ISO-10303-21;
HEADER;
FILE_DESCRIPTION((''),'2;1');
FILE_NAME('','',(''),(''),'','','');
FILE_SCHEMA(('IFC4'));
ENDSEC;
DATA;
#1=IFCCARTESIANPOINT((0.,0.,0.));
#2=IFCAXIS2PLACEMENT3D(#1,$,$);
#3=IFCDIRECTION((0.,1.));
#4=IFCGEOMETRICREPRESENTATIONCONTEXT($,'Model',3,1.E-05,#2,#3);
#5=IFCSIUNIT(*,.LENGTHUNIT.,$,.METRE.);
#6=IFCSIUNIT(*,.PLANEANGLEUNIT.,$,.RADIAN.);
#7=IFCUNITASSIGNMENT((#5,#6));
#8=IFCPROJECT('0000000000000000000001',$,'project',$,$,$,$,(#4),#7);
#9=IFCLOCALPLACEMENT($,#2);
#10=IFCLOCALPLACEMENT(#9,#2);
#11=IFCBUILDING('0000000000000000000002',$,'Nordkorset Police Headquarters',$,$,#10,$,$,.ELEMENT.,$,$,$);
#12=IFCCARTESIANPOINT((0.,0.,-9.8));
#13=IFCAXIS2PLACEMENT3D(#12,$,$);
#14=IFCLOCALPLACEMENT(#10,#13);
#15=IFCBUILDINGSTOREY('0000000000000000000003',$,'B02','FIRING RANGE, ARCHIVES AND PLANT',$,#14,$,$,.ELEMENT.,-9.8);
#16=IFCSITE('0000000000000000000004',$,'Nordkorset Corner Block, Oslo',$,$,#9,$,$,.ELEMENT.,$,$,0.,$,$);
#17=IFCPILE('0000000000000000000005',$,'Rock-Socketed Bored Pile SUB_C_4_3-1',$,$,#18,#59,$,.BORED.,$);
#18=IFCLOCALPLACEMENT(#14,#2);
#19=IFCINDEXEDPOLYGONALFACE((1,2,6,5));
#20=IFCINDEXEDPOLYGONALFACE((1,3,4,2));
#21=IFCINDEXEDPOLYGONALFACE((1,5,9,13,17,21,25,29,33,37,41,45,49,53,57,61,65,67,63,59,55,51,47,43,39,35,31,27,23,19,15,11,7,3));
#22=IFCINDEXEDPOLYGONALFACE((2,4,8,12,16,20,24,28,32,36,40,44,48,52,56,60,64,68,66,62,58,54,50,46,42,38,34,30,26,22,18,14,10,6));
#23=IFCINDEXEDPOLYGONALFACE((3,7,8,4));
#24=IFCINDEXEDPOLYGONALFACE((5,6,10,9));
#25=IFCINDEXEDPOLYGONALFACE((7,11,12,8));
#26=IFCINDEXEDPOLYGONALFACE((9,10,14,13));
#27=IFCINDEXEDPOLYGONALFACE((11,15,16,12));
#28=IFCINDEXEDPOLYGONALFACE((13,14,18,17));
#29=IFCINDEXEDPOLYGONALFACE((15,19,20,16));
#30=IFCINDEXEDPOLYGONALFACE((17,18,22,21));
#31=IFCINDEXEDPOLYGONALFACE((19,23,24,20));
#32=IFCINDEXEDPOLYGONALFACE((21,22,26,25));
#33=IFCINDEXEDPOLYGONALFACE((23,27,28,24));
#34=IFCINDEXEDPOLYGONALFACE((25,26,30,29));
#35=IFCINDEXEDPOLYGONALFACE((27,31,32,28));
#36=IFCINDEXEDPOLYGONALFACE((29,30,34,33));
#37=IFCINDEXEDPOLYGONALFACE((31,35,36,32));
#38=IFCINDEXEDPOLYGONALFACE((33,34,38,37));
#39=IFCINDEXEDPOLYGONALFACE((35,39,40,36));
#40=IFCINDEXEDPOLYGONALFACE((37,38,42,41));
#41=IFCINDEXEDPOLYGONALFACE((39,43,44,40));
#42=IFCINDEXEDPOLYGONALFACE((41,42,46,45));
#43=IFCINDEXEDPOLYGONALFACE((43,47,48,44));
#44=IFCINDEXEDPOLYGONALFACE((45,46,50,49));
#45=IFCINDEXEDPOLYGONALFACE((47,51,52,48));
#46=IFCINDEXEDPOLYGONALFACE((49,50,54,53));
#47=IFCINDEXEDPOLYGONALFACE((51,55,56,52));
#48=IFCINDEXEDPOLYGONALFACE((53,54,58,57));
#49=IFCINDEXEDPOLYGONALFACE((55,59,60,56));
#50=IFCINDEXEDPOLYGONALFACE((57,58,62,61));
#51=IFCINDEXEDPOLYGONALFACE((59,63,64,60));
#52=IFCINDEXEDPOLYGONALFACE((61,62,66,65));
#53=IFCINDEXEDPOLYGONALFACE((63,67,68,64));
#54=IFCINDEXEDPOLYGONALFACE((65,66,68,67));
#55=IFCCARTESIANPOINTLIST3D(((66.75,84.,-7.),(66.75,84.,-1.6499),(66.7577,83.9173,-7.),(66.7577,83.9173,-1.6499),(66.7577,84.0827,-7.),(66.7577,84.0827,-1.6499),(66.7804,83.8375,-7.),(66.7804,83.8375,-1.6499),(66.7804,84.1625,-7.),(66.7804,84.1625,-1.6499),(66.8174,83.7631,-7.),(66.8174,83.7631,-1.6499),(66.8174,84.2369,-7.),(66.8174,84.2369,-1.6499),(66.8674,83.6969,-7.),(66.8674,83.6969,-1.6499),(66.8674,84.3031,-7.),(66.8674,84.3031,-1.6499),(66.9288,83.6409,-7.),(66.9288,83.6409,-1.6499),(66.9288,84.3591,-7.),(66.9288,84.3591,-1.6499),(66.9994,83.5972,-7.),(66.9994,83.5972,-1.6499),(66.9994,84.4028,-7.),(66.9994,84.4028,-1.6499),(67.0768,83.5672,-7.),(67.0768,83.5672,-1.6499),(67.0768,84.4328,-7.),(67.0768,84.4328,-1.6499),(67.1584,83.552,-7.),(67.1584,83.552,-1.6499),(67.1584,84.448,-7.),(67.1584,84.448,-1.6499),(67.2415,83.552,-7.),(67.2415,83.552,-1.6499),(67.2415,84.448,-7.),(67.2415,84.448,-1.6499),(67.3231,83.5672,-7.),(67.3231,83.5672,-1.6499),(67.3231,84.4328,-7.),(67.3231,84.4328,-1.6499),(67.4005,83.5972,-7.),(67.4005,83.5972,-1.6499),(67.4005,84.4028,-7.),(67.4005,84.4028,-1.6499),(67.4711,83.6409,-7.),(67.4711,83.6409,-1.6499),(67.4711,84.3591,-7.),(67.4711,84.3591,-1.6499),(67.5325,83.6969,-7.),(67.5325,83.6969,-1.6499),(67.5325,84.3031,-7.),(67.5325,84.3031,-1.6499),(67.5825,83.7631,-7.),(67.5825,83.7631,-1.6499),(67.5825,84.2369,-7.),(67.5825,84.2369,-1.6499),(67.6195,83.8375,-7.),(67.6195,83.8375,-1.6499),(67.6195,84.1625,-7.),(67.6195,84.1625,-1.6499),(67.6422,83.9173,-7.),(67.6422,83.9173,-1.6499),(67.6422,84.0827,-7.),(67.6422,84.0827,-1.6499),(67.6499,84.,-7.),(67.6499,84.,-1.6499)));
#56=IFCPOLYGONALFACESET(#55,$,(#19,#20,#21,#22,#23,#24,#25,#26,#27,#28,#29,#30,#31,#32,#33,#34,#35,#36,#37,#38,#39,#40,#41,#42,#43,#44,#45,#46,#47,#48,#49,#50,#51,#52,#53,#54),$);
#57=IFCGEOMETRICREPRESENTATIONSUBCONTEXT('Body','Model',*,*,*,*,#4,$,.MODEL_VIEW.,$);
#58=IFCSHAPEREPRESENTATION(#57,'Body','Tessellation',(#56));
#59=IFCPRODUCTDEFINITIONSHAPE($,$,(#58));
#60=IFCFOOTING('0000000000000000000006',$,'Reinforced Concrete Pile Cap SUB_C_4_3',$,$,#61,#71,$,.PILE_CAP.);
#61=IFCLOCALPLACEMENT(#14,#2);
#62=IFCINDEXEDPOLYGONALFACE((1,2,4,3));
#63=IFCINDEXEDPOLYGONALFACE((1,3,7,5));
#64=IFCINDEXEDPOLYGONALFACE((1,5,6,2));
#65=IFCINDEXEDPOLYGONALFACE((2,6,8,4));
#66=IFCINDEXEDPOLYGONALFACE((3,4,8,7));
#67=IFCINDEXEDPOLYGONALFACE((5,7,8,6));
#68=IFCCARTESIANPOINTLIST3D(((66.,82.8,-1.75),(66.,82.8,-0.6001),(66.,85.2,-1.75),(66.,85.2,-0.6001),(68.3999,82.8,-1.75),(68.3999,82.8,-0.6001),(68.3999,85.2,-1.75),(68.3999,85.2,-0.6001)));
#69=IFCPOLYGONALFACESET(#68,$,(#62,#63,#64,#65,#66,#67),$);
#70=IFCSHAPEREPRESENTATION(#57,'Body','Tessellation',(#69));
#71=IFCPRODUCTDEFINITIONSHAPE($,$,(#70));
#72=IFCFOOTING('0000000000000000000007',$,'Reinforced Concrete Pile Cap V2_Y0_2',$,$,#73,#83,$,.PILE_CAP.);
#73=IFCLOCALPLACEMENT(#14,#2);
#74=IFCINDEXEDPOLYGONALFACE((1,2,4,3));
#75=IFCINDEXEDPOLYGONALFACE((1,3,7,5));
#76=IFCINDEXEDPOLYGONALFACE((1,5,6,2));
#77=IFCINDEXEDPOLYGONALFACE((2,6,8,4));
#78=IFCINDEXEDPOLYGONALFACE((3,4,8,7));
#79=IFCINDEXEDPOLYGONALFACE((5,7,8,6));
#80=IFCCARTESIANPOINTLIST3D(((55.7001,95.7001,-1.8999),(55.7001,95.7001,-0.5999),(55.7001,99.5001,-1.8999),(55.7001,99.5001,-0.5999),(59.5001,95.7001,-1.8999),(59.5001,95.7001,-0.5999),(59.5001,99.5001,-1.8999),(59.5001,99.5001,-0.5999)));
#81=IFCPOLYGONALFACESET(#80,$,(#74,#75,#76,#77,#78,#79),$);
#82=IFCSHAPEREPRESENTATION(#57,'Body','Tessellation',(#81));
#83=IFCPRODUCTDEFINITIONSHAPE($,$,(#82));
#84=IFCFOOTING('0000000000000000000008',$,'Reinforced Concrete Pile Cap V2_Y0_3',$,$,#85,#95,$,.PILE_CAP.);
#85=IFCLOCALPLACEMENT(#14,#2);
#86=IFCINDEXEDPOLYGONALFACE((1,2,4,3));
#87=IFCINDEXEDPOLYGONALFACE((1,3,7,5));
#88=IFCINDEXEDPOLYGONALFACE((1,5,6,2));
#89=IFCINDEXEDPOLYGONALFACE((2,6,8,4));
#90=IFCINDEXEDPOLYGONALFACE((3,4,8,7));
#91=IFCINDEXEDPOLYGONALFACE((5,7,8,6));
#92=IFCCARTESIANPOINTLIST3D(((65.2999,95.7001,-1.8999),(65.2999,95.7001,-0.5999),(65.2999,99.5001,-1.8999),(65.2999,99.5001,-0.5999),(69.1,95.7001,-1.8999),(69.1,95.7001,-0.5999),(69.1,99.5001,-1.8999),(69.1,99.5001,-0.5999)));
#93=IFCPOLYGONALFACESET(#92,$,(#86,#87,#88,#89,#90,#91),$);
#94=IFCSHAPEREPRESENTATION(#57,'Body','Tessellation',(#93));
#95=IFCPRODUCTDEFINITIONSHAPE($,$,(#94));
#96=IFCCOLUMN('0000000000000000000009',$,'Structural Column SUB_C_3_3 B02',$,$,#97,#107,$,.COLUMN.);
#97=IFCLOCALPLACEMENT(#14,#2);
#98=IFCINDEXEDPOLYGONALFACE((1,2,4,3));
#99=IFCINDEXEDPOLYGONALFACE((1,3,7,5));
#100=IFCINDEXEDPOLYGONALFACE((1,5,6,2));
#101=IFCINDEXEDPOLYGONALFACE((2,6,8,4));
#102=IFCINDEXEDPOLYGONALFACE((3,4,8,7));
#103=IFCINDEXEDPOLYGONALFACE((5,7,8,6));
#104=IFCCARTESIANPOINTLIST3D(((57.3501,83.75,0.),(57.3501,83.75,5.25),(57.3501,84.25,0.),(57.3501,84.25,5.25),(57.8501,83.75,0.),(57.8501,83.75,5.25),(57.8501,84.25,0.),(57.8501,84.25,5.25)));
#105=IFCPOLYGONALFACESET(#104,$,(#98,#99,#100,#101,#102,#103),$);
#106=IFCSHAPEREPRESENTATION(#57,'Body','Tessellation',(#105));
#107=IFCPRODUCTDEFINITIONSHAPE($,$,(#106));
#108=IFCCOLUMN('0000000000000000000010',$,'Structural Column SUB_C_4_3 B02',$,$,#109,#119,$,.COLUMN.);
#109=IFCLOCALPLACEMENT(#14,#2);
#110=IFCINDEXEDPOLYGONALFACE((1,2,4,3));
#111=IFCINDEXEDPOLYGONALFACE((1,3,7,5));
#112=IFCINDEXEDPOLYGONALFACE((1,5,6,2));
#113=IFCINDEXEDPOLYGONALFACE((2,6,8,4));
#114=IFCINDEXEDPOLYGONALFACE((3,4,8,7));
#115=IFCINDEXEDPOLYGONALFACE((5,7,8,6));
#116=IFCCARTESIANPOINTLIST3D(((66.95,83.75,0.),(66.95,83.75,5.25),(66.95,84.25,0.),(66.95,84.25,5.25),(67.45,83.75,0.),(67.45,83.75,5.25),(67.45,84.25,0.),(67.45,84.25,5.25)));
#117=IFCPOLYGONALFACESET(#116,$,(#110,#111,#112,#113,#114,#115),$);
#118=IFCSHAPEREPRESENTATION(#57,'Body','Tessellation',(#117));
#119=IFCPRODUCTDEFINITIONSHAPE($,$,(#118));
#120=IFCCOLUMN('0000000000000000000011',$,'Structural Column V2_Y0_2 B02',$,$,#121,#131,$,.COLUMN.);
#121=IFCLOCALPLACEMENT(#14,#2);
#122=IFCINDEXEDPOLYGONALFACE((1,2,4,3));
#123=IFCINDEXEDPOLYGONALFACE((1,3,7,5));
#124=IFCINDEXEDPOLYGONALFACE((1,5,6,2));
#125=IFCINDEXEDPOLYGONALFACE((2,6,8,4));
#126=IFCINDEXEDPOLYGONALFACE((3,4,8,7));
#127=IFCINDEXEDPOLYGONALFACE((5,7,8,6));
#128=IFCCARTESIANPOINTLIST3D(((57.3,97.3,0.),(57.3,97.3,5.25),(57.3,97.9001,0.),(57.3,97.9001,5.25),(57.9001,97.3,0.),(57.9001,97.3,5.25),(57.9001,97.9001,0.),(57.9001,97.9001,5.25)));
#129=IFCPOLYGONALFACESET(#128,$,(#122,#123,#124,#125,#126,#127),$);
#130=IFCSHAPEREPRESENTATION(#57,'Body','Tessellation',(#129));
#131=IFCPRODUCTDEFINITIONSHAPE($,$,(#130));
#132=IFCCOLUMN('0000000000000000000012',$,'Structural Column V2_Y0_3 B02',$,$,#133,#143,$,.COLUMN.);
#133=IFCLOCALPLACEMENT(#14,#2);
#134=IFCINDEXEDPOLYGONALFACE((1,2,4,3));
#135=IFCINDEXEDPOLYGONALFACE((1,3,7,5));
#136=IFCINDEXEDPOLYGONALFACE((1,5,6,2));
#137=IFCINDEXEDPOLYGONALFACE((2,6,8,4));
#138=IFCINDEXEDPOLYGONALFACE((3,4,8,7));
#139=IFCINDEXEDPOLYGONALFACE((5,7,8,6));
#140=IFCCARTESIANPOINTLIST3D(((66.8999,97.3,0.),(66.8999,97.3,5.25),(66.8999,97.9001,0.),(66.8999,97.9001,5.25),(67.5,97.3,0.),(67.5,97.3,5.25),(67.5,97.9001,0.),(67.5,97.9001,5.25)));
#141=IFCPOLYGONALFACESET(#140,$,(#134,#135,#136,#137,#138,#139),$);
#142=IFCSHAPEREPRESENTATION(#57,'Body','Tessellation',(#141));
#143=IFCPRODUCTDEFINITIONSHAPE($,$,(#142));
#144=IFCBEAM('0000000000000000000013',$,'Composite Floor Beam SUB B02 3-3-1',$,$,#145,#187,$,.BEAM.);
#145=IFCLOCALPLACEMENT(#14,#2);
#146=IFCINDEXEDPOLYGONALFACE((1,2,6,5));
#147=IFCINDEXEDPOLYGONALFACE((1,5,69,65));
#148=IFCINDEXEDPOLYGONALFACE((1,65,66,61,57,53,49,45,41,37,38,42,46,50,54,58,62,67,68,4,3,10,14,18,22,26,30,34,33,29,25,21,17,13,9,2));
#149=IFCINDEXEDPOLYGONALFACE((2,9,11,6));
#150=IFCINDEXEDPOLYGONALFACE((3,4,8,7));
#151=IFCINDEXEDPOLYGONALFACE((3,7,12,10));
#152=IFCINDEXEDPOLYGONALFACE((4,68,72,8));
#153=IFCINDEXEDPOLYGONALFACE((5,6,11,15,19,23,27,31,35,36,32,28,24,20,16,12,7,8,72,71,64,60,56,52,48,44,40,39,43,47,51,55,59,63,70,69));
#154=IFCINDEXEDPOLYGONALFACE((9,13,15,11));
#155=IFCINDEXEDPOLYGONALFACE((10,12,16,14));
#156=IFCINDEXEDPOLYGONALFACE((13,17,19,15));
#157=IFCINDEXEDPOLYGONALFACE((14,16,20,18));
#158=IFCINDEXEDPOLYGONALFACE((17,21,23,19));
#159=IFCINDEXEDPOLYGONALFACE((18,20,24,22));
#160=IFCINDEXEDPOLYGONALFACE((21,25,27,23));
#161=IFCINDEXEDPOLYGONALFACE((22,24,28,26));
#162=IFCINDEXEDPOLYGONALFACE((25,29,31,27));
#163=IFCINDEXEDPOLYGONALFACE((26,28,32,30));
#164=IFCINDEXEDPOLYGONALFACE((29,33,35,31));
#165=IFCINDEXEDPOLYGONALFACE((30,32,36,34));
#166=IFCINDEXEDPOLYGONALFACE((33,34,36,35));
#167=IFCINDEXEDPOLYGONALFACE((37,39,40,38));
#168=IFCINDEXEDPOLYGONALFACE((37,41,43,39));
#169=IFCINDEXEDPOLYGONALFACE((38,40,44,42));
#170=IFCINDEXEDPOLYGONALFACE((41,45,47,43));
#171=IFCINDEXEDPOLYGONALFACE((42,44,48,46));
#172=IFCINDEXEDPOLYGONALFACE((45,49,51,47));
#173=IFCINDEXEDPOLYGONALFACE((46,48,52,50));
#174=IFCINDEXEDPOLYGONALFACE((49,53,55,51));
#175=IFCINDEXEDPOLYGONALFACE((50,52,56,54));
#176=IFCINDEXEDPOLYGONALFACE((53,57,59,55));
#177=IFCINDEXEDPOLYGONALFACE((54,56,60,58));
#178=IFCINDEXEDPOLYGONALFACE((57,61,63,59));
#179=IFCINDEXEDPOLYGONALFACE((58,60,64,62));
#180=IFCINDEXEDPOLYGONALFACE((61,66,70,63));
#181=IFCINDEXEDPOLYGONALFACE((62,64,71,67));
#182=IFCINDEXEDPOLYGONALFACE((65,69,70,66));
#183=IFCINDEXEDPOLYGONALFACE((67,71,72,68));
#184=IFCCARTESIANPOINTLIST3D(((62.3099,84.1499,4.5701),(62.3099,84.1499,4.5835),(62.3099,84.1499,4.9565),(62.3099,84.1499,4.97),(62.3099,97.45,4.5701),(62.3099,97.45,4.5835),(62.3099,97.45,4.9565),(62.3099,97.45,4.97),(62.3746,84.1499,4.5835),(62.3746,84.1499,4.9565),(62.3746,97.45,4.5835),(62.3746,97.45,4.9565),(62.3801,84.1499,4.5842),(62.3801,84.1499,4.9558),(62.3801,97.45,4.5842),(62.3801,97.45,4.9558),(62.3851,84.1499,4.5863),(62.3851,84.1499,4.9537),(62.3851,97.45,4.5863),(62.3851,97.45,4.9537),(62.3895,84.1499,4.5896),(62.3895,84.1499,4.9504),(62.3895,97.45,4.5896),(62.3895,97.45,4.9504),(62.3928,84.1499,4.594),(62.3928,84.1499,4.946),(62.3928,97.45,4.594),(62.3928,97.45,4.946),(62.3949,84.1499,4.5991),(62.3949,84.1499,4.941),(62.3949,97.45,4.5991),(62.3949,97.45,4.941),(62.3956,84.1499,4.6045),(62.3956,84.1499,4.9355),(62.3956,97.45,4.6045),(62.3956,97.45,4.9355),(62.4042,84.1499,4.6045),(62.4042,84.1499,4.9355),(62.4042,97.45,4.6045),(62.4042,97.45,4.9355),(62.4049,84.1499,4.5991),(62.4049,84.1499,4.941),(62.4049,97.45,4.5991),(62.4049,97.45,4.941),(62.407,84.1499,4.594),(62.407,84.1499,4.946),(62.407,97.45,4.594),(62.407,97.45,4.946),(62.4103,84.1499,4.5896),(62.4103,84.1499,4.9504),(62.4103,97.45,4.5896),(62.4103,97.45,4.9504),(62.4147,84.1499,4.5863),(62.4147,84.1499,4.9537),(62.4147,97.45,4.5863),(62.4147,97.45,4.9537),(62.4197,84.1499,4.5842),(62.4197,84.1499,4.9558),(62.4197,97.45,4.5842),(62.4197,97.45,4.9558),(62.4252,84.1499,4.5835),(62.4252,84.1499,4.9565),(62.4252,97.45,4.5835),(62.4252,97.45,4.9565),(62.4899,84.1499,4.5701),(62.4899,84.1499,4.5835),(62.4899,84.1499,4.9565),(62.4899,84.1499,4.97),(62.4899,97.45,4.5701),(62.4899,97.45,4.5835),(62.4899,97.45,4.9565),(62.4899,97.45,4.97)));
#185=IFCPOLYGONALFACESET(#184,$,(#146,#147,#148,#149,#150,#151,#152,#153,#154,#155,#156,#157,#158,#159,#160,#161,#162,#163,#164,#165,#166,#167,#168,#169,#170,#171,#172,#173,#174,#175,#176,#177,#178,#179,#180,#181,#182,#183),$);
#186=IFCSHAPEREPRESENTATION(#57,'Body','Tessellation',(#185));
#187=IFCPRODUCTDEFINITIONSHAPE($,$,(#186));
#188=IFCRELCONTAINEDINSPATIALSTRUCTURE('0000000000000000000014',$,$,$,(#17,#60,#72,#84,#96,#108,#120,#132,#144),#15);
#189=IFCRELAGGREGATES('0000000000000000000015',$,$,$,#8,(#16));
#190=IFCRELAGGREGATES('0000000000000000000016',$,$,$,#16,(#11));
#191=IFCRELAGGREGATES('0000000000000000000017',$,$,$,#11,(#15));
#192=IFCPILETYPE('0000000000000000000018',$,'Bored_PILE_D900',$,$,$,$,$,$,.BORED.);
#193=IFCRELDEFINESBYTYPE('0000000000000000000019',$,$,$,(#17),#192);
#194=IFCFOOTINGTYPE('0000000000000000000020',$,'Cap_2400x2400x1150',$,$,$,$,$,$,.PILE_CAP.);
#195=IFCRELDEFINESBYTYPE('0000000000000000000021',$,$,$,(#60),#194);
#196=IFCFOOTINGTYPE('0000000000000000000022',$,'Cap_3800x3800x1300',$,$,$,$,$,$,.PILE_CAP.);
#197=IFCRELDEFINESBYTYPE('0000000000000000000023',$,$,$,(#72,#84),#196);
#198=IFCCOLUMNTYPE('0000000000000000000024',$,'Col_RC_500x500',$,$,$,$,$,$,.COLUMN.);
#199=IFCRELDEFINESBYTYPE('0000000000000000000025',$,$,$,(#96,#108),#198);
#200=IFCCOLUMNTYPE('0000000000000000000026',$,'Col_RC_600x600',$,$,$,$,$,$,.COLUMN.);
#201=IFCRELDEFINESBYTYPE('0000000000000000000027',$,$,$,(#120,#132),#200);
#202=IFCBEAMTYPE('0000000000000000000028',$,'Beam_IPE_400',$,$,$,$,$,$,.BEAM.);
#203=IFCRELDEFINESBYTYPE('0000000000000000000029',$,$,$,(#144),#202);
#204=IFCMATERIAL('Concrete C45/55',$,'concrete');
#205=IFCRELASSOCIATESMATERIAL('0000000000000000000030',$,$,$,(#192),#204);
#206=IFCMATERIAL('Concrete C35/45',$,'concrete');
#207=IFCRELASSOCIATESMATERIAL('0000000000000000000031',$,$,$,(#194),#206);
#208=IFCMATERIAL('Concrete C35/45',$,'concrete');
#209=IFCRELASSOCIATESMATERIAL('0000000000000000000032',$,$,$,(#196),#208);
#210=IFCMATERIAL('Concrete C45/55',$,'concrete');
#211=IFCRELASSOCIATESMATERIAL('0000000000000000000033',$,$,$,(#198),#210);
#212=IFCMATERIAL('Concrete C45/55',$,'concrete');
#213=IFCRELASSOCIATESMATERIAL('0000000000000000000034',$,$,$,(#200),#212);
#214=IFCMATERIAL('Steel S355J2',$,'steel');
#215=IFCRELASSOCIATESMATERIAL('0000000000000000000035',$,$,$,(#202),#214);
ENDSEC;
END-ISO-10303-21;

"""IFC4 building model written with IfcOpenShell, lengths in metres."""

from ifc_helpers import new_model, si_unit, direction, frame, origin, origin_2d, place, context, subcontext, project, spatial, rectangle, circle, i_section, extrude, material, material_profile, profile_set, type_object, element, save


model = new_model("IFC4")

# Units and contexts
model_context = context("Model", 3, precision=1e-05, world=origin(), true_north=direction((0.0, 1.0)))
body_context = subcontext(model_context, "Body", "Model", "MODEL_VIEW")
ifc_project = project(units=[si_unit("LENGTHUNIT", "METRE"), si_unit("PLANEANGLEUNIT", "RADIAN")], contexts=[model_context])

# Site, building, storey
site_placement = place(None, origin())
site = spatial("IfcSite", under=ifc_project, at=site_placement, Name="Nordkorset Corner Block, Oslo", CompositionType="ELEMENT", RefElevation=0.0)
building_placement = place(site_placement, origin())
building = spatial("IfcBuilding", under=site, at=building_placement, Name="Nordkorset Police Headquarters", CompositionType="ELEMENT")
storey_placement = place(building_placement, frame((0.0, 0.0, -9.8)))
storey = spatial("IfcBuildingStorey", under=building, at=storey_placement, Name="B02", Description="FIRING RANGE, ARCHIVES AND PLANT", CompositionType="ELEMENT", Elevation=-9.8)

# Pile
ifc_material_1 = material(Name="Concrete C45/55", Category="concrete")
ifc_material_profile_1 = material_profile(ifc_material_1, circle(Radius=0.45, at=origin_2d()), Name="PILE D900")
ifc_profile_set_1 = profile_set([ifc_material_profile_1], Name="Concrete C45/55")
pile_type_1 = type_object("IfcPileType", Name="Bored_PILE_D900", PredefinedType="BORED", material=ifc_profile_set_1)
for number, where, z_axis, x_axis, name in (
    (1, (67.2, 84.0, -1.6499), (0.0, 0.0, -1.0), (1.0, 0.0, 0.0), "Rock-Socketed Bored Pile SUB_C_4_3-1"),
):
    element("IfcPile", number, at=place(storey_placement, frame(where, z_axis=z_axis, x_axis=x_axis)), inside=storey, type_object=pile_type_1, Name=name, PredefinedType="BORED", context=body_context, shape_type="SweptSolid", body=[
        extrude(circle(Radius=0.45, at=origin_2d()), origin(), (0.0, 0.0, 1.0), 5.3501),
    ])

# Footings
ifc_material_2 = material(Name="Concrete C35/45", Category="concrete")
footing_type_1 = type_object("IfcFootingType", Name="Cap_2400x2400x1150", PredefinedType="PILE_CAP", material=ifc_material_2)
footing_placement = place(storey_placement, frame((67.2, 84.0, -1.75), z_axis=(0.0, 0.0, 1.0), x_axis=(1.0, 0.0, 0.0)))
element("IfcFooting", 2, at=footing_placement, inside=storey, type_object=footing_type_1, Name="Reinforced Concrete Pile Cap SUB_C_4_3", PredefinedType="PILE_CAP", context=body_context, shape_type="SweptSolid", body=[
    extrude(rectangle(XDim=2.3999, YDim=2.3999, at=origin_2d()), origin(), (0.0, 0.0, 1.0), 1.1499),
])
ifc_material_3 = material(Name="Concrete C35/45", Category="concrete")
footing_type_2 = type_object("IfcFootingType", Name="Cap_3800x3800x1300", PredefinedType="PILE_CAP", material=ifc_material_3)
for number, where, z_axis, x_axis, name in (
    (3, (57.6001, 97.6001, -1.8999), (0.0, 0.0, 1.0), (1.0, 0.0, 0.0), "Reinforced Concrete Pile Cap V2_Y0_2"),
    (4, (67.2, 97.6001, -1.8999), (0.0, 0.0, 1.0), (1.0, 0.0, 0.0), "Reinforced Concrete Pile Cap V2_Y0_3"),
):
    element("IfcFooting", number, at=place(storey_placement, frame(where, z_axis=z_axis, x_axis=x_axis)), inside=storey, type_object=footing_type_2, Name=name, PredefinedType="PILE_CAP", context=body_context, shape_type="SweptSolid", body=[
        extrude(rectangle(XDim=3.8, YDim=3.8, at=origin_2d()), origin(), (0.0, 0.0, 1.0), 1.3),
    ])

# Columns
ifc_material_4 = material(Name="Concrete C45/55", Category="concrete")
ifc_material_profile_2 = material_profile(ifc_material_4, rectangle(XDim=0.5, YDim=0.5, at=origin_2d()), Name="RC 500x500")
ifc_profile_set_2 = profile_set([ifc_material_profile_2], Name="Concrete C45/55")
column_type_1 = type_object("IfcColumnType", Name="Col_RC_500x500", PredefinedType="COLUMN", material=ifc_profile_set_2)
for number, where, z_axis, x_axis, name in (
    (5, (57.6001, 84.0, 0.0), (0.0, 0.0, 1.0), (1.0, 0.0, 0.0), "Structural Column SUB_C_3_3 B02"),
    (6, (67.2, 84.0, 0.0), (0.0, 0.0, 1.0), (1.0, 0.0, 0.0), "Structural Column SUB_C_4_3 B02"),
):
    element("IfcColumn", number, at=place(storey_placement, frame(where, z_axis=z_axis, x_axis=x_axis)), inside=storey, type_object=column_type_1, Name=name, PredefinedType="COLUMN", context=body_context, shape_type="SweptSolid", body=[
        extrude(rectangle(XDim=0.5, YDim=0.5, at=origin_2d()), origin(), (0.0, 0.0, 1.0), 5.25),
    ])
ifc_material_5 = material(Name="Concrete C45/55", Category="concrete")
ifc_material_profile_3 = material_profile(ifc_material_5, rectangle(XDim=0.6001, YDim=0.6001, at=origin_2d()), Name="RC 600x600")
ifc_profile_set_3 = profile_set([ifc_material_profile_3], Name="Concrete C45/55")
column_type_2 = type_object("IfcColumnType", Name="Col_RC_600x600", PredefinedType="COLUMN", material=ifc_profile_set_3)
for number, where, z_axis, x_axis, name in (
    (7, (57.6001, 97.6001, 0.0), (0.0, 0.0, 1.0), (1.0, 0.0, 0.0), "Structural Column V2_Y0_2 B02"),
    (8, (67.2, 97.6001, 0.0), (0.0, 0.0, 1.0), (1.0, 0.0, 0.0), "Structural Column V2_Y0_3 B02"),
):
    element("IfcColumn", number, at=place(storey_placement, frame(where, z_axis=z_axis, x_axis=x_axis)), inside=storey, type_object=column_type_2, Name=name, PredefinedType="COLUMN", context=body_context, shape_type="SweptSolid", body=[
        extrude(rectangle(XDim=0.6001, YDim=0.6001, at=origin_2d()), origin(), (0.0, 0.0, 1.0), 5.25),
    ])

# Beam
ifc_material_6 = material(Name="Steel S355J2", Category="steel")
ifc_material_profile_4 = material_profile(ifc_material_6, i_section(OverallWidth=0.1799, OverallDepth=0.3999, WebThickness=0.0085, FlangeThickness=0.0134, FilletRadius=0.021, at=origin_2d()), Name="IPE 400")
ifc_profile_set_4 = profile_set([ifc_material_profile_4], Name="Steel S355J2")
beam_type_1 = type_object("IfcBeamType", Name="Beam_IPE_400", PredefinedType="BEAM", material=ifc_profile_set_4)
beam_1_placement = place(storey_placement, frame((62.3999, 84.1499, 4.77), z_axis=(0.0, 1.0, 0.0), x_axis=(-1.0, 0.0, 0.0)))
element("IfcBeam", 9, at=beam_1_placement, inside=storey, type_object=beam_type_1, Name="Composite Floor Beam SUB B02 3-3-1", PredefinedType="BEAM", context=body_context, shape_type="SweptSolid", body=[
    extrude(i_section(OverallWidth=0.1799, OverallDepth=0.3999, WebThickness=0.0085, FlangeThickness=0.0134, FilletRadius=0.021, at=origin_2d()), origin(), (0.0, 0.0, 1.0), 13.3),
])

save(model, "model.ifc")
